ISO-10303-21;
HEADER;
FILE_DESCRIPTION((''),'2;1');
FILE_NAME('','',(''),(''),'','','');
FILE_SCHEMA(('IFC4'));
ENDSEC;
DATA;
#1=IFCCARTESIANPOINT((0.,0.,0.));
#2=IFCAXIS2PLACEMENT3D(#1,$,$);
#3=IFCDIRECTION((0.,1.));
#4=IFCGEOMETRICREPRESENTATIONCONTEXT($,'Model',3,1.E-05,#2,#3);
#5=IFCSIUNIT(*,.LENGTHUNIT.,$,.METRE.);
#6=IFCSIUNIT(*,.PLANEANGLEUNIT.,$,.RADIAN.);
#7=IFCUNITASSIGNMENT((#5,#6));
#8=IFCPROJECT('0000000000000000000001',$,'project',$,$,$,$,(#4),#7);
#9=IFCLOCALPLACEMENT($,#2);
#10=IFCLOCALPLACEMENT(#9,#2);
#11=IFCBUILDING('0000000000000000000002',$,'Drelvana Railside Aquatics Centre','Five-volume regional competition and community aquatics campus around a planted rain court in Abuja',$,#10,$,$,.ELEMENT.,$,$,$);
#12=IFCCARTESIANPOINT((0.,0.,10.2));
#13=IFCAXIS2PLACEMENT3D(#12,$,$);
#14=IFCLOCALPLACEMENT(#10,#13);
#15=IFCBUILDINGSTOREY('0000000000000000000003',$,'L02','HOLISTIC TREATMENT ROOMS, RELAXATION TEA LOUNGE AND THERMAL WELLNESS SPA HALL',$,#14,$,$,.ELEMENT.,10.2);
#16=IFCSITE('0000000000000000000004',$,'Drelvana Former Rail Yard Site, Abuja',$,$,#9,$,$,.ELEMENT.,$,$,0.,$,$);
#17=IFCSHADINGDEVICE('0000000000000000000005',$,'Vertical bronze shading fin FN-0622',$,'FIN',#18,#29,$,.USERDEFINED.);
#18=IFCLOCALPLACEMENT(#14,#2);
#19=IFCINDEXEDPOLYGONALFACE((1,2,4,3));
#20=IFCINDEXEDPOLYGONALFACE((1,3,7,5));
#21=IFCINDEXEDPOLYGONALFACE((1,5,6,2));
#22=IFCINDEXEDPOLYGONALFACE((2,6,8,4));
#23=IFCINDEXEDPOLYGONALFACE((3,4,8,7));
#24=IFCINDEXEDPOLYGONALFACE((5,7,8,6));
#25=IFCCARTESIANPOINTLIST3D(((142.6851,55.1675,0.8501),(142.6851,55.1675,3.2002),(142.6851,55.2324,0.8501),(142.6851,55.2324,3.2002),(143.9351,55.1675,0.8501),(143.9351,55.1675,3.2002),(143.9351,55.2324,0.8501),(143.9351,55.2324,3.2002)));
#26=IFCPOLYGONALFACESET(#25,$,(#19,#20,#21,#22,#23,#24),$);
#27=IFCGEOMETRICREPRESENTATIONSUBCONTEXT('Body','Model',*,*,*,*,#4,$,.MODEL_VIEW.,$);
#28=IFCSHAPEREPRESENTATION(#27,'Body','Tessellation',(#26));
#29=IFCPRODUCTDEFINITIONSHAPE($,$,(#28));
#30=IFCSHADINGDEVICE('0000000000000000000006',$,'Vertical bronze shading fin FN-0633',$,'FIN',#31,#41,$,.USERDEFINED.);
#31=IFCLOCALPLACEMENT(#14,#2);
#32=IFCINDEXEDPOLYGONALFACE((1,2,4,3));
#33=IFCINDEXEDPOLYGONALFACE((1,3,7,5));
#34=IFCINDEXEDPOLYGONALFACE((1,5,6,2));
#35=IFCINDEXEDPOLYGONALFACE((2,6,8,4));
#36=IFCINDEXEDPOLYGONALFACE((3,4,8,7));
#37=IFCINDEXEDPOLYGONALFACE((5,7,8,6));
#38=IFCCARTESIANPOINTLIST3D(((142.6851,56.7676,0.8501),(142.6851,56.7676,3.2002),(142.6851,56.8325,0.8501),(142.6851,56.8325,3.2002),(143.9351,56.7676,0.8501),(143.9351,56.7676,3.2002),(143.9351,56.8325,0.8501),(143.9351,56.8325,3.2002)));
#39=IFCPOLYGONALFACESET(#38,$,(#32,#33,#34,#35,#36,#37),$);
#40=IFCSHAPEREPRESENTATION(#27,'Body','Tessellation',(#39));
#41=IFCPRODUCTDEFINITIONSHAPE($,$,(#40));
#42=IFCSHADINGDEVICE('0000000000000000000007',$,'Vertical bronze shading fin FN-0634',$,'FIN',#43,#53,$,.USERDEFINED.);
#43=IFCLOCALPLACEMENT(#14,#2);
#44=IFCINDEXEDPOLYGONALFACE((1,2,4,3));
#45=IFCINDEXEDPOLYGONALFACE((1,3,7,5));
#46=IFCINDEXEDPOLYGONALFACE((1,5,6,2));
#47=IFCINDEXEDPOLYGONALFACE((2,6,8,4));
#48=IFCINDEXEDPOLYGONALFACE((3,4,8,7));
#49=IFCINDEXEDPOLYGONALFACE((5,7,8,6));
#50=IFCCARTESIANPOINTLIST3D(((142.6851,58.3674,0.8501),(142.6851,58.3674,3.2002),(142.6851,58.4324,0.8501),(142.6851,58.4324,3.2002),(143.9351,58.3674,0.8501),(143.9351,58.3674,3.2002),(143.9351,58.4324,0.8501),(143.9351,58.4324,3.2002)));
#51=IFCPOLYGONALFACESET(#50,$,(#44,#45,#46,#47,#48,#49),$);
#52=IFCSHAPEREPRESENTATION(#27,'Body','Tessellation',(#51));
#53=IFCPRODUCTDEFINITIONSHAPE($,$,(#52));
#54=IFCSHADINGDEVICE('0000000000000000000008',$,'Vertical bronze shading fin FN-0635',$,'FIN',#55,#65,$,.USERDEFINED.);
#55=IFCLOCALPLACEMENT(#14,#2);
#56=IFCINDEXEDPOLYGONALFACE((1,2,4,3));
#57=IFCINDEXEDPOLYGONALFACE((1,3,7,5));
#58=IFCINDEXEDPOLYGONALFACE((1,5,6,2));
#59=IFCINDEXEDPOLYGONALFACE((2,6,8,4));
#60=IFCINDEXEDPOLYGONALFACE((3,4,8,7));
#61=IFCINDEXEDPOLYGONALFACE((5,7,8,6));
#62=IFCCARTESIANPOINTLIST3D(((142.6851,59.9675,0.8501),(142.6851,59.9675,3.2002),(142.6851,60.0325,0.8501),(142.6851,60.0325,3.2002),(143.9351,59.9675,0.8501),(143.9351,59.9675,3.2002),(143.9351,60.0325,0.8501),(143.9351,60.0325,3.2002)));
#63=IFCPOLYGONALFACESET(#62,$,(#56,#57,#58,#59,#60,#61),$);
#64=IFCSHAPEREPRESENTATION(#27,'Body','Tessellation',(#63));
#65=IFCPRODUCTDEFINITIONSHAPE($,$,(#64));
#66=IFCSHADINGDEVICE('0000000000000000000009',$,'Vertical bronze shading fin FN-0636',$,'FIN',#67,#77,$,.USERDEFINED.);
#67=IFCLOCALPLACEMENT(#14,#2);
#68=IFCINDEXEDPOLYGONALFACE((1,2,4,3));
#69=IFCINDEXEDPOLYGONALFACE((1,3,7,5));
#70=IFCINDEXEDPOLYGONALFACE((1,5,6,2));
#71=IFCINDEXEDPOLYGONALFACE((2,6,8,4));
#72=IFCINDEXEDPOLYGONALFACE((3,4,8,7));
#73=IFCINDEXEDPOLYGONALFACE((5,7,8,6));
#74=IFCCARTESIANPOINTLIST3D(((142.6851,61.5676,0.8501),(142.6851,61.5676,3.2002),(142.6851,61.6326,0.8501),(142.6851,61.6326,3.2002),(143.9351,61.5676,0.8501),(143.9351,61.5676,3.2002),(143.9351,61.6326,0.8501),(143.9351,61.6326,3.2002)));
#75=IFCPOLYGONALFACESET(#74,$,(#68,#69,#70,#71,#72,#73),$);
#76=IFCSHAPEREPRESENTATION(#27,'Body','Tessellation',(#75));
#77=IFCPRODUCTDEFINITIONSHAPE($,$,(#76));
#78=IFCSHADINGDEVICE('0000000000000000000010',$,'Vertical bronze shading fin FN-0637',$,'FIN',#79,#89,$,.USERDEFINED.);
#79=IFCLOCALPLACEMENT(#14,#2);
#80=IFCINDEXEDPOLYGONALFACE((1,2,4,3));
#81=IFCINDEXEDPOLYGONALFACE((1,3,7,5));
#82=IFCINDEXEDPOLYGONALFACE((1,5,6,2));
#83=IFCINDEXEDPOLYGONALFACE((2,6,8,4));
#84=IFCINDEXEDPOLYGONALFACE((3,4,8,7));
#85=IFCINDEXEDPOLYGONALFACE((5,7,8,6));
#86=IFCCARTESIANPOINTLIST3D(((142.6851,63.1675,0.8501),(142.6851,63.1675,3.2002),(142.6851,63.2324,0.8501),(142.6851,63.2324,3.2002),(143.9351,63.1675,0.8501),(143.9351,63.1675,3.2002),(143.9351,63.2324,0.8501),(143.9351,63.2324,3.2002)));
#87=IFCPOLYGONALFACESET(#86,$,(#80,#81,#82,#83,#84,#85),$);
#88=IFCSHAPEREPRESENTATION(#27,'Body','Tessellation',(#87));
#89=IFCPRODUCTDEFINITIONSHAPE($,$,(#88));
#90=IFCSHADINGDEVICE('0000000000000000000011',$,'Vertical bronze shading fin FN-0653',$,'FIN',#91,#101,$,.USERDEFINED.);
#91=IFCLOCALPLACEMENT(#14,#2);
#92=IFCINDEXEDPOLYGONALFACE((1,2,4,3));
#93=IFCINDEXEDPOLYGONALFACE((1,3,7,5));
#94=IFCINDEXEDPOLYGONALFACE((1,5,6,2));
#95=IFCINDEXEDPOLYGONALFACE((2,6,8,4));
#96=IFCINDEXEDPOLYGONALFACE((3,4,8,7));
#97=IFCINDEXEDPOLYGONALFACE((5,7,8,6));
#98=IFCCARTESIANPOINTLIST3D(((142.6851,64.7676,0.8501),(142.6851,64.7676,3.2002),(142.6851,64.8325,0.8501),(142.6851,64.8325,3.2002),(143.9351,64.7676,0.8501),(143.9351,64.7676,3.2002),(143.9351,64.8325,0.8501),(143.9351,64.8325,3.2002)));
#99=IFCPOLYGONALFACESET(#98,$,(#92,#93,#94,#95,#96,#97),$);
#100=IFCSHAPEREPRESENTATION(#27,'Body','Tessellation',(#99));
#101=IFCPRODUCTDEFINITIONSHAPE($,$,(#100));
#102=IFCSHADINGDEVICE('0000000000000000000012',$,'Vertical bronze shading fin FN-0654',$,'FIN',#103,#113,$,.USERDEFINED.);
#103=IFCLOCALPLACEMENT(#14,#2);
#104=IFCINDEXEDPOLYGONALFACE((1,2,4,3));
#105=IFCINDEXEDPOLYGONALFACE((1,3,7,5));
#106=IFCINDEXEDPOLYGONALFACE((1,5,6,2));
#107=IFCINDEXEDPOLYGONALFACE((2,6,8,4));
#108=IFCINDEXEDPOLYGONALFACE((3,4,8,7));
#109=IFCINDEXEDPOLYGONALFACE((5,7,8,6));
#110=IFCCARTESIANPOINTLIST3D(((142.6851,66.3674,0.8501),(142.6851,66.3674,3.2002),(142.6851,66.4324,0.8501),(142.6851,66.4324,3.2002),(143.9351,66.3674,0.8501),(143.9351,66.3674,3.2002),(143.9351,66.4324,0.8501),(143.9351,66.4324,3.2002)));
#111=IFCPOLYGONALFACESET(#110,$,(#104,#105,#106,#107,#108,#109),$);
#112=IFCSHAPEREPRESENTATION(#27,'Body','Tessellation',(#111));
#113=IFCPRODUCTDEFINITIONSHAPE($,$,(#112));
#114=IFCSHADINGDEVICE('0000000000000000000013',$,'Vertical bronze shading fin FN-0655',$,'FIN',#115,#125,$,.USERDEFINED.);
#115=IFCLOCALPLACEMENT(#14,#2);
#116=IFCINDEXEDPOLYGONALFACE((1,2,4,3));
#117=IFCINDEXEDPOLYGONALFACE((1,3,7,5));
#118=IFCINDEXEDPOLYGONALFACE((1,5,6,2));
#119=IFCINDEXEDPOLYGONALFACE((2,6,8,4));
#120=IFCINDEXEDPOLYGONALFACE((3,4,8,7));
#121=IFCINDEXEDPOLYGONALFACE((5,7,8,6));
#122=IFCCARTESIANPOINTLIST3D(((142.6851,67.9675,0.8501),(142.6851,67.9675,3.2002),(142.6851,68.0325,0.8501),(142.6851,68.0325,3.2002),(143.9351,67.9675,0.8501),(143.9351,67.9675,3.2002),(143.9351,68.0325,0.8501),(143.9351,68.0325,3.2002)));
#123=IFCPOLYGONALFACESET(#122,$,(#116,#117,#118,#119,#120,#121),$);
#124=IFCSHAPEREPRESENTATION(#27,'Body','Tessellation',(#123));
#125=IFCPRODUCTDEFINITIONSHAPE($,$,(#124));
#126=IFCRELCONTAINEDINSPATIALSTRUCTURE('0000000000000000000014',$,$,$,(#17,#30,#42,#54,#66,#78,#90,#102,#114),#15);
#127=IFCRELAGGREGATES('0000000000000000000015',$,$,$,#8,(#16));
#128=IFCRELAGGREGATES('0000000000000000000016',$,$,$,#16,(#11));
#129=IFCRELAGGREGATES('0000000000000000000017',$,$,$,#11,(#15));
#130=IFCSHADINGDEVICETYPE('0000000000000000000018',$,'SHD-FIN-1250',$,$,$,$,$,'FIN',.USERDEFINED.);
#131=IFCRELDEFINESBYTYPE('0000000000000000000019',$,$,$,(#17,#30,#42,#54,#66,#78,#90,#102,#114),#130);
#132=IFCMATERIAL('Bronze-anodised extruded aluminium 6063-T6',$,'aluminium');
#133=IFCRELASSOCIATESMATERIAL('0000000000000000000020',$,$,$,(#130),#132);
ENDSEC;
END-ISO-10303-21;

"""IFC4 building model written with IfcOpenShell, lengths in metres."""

from ifc_helpers import new_model, si_unit, direction, frame, origin, origin_2d, place, context, subcontext, project, spatial, rectangle, extrude, material, type_object, element, save


model = new_model("IFC4")

# Units and contexts
model_context = context("Model", 3, precision=1e-05, world=origin(), true_north=direction((0.0, 1.0)))
body_context = subcontext(model_context, "Body", "Model", "MODEL_VIEW")
ifc_project = project(units=[si_unit("LENGTHUNIT", "METRE"), si_unit("PLANEANGLEUNIT", "RADIAN")], contexts=[model_context])

# Site, building, storey
site_placement = place(None, origin())
site = spatial("IfcSite", under=ifc_project, at=site_placement, Name="Drelvana Former Rail Yard Site, Abuja", CompositionType="ELEMENT", RefElevation=0.0)
building_placement = place(site_placement, origin())
building = spatial("IfcBuilding", under=site, at=building_placement, Name="Drelvana Railside Aquatics Centre", Description="Five-volume regional competition and community aquatics campus around a planted rain court in Abuja", CompositionType="ELEMENT")
storey_placement = place(building_placement, frame((0.0, 0.0, 10.2)))
storey = spatial("IfcBuildingStorey", under=building, at=storey_placement, Name="L02", Description="HOLISTIC TREATMENT ROOMS, RELAXATION TEA LOUNGE AND THERMAL WELLNESS SPA HALL", CompositionType="ELEMENT", Elevation=10.2)

# Shared definitions
ifc_material_1 = material(Name="Bronze-anodised extruded aluminium 6063-T6", Category="aluminium")

# Shading devices
shading_device_type = type_object("IfcShadingDeviceType", Name="SHD-FIN-1250", ElementType="FIN", PredefinedType="USERDEFINED", material=ifc_material_1)
for number, where, z_axis, x_axis, name in (
    (1, (143.3101, 55.2, 0.8501), (0.0, 0.0, 1.0), (-1.0, 0.0, 0.0), "Vertical bronze shading fin FN-0622"),
    (2, (143.3101, 56.8, 0.8501), (0.0, 0.0, 1.0), (-1.0, 0.0, 0.0), "Vertical bronze shading fin FN-0633"),
    (3, (143.3101, 58.3999, 0.8501), (0.0, 0.0, 1.0), (-1.0, 0.0, 0.0), "Vertical bronze shading fin FN-0634"),
    (4, (143.3101, 60.0, 0.8501), (0.0, 0.0, 1.0), (-1.0, 0.0, 0.0), "Vertical bronze shading fin FN-0635"),
    (5, (143.3101, 61.6001, 0.8501), (0.0, 0.0, 1.0), (-1.0, 0.0, 0.0), "Vertical bronze shading fin FN-0636"),
    (6, (143.3101, 63.2, 0.8501), (0.0, 0.0, 1.0), (-1.0, 0.0, 0.0), "Vertical bronze shading fin FN-0637"),
    (7, (143.3101, 64.8, 0.8501), (0.0, 0.0, 1.0), (-1.0, 0.0, 0.0), "Vertical bronze shading fin FN-0653"),
    (8, (143.3101, 66.3999, 0.8501), (0.0, 0.0, 1.0), (-1.0, 0.0, 0.0), "Vertical bronze shading fin FN-0654"),
    (9, (143.3101, 68.0, 0.8501), (0.0, 0.0, 1.0), (-1.0, 0.0, 0.0), "Vertical bronze shading fin FN-0655"),
):
    element("IfcShadingDevice", number, at=place(storey_placement, frame(where, z_axis=z_axis, x_axis=x_axis)), inside=storey, type_object=shading_device_type, Name=name, ObjectType="FIN", PredefinedType="USERDEFINED", context=body_context, shape_type="SweptSolid", body=[
        extrude(rectangle(XDim=1.25, YDim=0.0649, at=origin_2d()), origin(), (0.0, 0.0, 1.0), 2.3501),
    ])

save(model, "model.ifc")
